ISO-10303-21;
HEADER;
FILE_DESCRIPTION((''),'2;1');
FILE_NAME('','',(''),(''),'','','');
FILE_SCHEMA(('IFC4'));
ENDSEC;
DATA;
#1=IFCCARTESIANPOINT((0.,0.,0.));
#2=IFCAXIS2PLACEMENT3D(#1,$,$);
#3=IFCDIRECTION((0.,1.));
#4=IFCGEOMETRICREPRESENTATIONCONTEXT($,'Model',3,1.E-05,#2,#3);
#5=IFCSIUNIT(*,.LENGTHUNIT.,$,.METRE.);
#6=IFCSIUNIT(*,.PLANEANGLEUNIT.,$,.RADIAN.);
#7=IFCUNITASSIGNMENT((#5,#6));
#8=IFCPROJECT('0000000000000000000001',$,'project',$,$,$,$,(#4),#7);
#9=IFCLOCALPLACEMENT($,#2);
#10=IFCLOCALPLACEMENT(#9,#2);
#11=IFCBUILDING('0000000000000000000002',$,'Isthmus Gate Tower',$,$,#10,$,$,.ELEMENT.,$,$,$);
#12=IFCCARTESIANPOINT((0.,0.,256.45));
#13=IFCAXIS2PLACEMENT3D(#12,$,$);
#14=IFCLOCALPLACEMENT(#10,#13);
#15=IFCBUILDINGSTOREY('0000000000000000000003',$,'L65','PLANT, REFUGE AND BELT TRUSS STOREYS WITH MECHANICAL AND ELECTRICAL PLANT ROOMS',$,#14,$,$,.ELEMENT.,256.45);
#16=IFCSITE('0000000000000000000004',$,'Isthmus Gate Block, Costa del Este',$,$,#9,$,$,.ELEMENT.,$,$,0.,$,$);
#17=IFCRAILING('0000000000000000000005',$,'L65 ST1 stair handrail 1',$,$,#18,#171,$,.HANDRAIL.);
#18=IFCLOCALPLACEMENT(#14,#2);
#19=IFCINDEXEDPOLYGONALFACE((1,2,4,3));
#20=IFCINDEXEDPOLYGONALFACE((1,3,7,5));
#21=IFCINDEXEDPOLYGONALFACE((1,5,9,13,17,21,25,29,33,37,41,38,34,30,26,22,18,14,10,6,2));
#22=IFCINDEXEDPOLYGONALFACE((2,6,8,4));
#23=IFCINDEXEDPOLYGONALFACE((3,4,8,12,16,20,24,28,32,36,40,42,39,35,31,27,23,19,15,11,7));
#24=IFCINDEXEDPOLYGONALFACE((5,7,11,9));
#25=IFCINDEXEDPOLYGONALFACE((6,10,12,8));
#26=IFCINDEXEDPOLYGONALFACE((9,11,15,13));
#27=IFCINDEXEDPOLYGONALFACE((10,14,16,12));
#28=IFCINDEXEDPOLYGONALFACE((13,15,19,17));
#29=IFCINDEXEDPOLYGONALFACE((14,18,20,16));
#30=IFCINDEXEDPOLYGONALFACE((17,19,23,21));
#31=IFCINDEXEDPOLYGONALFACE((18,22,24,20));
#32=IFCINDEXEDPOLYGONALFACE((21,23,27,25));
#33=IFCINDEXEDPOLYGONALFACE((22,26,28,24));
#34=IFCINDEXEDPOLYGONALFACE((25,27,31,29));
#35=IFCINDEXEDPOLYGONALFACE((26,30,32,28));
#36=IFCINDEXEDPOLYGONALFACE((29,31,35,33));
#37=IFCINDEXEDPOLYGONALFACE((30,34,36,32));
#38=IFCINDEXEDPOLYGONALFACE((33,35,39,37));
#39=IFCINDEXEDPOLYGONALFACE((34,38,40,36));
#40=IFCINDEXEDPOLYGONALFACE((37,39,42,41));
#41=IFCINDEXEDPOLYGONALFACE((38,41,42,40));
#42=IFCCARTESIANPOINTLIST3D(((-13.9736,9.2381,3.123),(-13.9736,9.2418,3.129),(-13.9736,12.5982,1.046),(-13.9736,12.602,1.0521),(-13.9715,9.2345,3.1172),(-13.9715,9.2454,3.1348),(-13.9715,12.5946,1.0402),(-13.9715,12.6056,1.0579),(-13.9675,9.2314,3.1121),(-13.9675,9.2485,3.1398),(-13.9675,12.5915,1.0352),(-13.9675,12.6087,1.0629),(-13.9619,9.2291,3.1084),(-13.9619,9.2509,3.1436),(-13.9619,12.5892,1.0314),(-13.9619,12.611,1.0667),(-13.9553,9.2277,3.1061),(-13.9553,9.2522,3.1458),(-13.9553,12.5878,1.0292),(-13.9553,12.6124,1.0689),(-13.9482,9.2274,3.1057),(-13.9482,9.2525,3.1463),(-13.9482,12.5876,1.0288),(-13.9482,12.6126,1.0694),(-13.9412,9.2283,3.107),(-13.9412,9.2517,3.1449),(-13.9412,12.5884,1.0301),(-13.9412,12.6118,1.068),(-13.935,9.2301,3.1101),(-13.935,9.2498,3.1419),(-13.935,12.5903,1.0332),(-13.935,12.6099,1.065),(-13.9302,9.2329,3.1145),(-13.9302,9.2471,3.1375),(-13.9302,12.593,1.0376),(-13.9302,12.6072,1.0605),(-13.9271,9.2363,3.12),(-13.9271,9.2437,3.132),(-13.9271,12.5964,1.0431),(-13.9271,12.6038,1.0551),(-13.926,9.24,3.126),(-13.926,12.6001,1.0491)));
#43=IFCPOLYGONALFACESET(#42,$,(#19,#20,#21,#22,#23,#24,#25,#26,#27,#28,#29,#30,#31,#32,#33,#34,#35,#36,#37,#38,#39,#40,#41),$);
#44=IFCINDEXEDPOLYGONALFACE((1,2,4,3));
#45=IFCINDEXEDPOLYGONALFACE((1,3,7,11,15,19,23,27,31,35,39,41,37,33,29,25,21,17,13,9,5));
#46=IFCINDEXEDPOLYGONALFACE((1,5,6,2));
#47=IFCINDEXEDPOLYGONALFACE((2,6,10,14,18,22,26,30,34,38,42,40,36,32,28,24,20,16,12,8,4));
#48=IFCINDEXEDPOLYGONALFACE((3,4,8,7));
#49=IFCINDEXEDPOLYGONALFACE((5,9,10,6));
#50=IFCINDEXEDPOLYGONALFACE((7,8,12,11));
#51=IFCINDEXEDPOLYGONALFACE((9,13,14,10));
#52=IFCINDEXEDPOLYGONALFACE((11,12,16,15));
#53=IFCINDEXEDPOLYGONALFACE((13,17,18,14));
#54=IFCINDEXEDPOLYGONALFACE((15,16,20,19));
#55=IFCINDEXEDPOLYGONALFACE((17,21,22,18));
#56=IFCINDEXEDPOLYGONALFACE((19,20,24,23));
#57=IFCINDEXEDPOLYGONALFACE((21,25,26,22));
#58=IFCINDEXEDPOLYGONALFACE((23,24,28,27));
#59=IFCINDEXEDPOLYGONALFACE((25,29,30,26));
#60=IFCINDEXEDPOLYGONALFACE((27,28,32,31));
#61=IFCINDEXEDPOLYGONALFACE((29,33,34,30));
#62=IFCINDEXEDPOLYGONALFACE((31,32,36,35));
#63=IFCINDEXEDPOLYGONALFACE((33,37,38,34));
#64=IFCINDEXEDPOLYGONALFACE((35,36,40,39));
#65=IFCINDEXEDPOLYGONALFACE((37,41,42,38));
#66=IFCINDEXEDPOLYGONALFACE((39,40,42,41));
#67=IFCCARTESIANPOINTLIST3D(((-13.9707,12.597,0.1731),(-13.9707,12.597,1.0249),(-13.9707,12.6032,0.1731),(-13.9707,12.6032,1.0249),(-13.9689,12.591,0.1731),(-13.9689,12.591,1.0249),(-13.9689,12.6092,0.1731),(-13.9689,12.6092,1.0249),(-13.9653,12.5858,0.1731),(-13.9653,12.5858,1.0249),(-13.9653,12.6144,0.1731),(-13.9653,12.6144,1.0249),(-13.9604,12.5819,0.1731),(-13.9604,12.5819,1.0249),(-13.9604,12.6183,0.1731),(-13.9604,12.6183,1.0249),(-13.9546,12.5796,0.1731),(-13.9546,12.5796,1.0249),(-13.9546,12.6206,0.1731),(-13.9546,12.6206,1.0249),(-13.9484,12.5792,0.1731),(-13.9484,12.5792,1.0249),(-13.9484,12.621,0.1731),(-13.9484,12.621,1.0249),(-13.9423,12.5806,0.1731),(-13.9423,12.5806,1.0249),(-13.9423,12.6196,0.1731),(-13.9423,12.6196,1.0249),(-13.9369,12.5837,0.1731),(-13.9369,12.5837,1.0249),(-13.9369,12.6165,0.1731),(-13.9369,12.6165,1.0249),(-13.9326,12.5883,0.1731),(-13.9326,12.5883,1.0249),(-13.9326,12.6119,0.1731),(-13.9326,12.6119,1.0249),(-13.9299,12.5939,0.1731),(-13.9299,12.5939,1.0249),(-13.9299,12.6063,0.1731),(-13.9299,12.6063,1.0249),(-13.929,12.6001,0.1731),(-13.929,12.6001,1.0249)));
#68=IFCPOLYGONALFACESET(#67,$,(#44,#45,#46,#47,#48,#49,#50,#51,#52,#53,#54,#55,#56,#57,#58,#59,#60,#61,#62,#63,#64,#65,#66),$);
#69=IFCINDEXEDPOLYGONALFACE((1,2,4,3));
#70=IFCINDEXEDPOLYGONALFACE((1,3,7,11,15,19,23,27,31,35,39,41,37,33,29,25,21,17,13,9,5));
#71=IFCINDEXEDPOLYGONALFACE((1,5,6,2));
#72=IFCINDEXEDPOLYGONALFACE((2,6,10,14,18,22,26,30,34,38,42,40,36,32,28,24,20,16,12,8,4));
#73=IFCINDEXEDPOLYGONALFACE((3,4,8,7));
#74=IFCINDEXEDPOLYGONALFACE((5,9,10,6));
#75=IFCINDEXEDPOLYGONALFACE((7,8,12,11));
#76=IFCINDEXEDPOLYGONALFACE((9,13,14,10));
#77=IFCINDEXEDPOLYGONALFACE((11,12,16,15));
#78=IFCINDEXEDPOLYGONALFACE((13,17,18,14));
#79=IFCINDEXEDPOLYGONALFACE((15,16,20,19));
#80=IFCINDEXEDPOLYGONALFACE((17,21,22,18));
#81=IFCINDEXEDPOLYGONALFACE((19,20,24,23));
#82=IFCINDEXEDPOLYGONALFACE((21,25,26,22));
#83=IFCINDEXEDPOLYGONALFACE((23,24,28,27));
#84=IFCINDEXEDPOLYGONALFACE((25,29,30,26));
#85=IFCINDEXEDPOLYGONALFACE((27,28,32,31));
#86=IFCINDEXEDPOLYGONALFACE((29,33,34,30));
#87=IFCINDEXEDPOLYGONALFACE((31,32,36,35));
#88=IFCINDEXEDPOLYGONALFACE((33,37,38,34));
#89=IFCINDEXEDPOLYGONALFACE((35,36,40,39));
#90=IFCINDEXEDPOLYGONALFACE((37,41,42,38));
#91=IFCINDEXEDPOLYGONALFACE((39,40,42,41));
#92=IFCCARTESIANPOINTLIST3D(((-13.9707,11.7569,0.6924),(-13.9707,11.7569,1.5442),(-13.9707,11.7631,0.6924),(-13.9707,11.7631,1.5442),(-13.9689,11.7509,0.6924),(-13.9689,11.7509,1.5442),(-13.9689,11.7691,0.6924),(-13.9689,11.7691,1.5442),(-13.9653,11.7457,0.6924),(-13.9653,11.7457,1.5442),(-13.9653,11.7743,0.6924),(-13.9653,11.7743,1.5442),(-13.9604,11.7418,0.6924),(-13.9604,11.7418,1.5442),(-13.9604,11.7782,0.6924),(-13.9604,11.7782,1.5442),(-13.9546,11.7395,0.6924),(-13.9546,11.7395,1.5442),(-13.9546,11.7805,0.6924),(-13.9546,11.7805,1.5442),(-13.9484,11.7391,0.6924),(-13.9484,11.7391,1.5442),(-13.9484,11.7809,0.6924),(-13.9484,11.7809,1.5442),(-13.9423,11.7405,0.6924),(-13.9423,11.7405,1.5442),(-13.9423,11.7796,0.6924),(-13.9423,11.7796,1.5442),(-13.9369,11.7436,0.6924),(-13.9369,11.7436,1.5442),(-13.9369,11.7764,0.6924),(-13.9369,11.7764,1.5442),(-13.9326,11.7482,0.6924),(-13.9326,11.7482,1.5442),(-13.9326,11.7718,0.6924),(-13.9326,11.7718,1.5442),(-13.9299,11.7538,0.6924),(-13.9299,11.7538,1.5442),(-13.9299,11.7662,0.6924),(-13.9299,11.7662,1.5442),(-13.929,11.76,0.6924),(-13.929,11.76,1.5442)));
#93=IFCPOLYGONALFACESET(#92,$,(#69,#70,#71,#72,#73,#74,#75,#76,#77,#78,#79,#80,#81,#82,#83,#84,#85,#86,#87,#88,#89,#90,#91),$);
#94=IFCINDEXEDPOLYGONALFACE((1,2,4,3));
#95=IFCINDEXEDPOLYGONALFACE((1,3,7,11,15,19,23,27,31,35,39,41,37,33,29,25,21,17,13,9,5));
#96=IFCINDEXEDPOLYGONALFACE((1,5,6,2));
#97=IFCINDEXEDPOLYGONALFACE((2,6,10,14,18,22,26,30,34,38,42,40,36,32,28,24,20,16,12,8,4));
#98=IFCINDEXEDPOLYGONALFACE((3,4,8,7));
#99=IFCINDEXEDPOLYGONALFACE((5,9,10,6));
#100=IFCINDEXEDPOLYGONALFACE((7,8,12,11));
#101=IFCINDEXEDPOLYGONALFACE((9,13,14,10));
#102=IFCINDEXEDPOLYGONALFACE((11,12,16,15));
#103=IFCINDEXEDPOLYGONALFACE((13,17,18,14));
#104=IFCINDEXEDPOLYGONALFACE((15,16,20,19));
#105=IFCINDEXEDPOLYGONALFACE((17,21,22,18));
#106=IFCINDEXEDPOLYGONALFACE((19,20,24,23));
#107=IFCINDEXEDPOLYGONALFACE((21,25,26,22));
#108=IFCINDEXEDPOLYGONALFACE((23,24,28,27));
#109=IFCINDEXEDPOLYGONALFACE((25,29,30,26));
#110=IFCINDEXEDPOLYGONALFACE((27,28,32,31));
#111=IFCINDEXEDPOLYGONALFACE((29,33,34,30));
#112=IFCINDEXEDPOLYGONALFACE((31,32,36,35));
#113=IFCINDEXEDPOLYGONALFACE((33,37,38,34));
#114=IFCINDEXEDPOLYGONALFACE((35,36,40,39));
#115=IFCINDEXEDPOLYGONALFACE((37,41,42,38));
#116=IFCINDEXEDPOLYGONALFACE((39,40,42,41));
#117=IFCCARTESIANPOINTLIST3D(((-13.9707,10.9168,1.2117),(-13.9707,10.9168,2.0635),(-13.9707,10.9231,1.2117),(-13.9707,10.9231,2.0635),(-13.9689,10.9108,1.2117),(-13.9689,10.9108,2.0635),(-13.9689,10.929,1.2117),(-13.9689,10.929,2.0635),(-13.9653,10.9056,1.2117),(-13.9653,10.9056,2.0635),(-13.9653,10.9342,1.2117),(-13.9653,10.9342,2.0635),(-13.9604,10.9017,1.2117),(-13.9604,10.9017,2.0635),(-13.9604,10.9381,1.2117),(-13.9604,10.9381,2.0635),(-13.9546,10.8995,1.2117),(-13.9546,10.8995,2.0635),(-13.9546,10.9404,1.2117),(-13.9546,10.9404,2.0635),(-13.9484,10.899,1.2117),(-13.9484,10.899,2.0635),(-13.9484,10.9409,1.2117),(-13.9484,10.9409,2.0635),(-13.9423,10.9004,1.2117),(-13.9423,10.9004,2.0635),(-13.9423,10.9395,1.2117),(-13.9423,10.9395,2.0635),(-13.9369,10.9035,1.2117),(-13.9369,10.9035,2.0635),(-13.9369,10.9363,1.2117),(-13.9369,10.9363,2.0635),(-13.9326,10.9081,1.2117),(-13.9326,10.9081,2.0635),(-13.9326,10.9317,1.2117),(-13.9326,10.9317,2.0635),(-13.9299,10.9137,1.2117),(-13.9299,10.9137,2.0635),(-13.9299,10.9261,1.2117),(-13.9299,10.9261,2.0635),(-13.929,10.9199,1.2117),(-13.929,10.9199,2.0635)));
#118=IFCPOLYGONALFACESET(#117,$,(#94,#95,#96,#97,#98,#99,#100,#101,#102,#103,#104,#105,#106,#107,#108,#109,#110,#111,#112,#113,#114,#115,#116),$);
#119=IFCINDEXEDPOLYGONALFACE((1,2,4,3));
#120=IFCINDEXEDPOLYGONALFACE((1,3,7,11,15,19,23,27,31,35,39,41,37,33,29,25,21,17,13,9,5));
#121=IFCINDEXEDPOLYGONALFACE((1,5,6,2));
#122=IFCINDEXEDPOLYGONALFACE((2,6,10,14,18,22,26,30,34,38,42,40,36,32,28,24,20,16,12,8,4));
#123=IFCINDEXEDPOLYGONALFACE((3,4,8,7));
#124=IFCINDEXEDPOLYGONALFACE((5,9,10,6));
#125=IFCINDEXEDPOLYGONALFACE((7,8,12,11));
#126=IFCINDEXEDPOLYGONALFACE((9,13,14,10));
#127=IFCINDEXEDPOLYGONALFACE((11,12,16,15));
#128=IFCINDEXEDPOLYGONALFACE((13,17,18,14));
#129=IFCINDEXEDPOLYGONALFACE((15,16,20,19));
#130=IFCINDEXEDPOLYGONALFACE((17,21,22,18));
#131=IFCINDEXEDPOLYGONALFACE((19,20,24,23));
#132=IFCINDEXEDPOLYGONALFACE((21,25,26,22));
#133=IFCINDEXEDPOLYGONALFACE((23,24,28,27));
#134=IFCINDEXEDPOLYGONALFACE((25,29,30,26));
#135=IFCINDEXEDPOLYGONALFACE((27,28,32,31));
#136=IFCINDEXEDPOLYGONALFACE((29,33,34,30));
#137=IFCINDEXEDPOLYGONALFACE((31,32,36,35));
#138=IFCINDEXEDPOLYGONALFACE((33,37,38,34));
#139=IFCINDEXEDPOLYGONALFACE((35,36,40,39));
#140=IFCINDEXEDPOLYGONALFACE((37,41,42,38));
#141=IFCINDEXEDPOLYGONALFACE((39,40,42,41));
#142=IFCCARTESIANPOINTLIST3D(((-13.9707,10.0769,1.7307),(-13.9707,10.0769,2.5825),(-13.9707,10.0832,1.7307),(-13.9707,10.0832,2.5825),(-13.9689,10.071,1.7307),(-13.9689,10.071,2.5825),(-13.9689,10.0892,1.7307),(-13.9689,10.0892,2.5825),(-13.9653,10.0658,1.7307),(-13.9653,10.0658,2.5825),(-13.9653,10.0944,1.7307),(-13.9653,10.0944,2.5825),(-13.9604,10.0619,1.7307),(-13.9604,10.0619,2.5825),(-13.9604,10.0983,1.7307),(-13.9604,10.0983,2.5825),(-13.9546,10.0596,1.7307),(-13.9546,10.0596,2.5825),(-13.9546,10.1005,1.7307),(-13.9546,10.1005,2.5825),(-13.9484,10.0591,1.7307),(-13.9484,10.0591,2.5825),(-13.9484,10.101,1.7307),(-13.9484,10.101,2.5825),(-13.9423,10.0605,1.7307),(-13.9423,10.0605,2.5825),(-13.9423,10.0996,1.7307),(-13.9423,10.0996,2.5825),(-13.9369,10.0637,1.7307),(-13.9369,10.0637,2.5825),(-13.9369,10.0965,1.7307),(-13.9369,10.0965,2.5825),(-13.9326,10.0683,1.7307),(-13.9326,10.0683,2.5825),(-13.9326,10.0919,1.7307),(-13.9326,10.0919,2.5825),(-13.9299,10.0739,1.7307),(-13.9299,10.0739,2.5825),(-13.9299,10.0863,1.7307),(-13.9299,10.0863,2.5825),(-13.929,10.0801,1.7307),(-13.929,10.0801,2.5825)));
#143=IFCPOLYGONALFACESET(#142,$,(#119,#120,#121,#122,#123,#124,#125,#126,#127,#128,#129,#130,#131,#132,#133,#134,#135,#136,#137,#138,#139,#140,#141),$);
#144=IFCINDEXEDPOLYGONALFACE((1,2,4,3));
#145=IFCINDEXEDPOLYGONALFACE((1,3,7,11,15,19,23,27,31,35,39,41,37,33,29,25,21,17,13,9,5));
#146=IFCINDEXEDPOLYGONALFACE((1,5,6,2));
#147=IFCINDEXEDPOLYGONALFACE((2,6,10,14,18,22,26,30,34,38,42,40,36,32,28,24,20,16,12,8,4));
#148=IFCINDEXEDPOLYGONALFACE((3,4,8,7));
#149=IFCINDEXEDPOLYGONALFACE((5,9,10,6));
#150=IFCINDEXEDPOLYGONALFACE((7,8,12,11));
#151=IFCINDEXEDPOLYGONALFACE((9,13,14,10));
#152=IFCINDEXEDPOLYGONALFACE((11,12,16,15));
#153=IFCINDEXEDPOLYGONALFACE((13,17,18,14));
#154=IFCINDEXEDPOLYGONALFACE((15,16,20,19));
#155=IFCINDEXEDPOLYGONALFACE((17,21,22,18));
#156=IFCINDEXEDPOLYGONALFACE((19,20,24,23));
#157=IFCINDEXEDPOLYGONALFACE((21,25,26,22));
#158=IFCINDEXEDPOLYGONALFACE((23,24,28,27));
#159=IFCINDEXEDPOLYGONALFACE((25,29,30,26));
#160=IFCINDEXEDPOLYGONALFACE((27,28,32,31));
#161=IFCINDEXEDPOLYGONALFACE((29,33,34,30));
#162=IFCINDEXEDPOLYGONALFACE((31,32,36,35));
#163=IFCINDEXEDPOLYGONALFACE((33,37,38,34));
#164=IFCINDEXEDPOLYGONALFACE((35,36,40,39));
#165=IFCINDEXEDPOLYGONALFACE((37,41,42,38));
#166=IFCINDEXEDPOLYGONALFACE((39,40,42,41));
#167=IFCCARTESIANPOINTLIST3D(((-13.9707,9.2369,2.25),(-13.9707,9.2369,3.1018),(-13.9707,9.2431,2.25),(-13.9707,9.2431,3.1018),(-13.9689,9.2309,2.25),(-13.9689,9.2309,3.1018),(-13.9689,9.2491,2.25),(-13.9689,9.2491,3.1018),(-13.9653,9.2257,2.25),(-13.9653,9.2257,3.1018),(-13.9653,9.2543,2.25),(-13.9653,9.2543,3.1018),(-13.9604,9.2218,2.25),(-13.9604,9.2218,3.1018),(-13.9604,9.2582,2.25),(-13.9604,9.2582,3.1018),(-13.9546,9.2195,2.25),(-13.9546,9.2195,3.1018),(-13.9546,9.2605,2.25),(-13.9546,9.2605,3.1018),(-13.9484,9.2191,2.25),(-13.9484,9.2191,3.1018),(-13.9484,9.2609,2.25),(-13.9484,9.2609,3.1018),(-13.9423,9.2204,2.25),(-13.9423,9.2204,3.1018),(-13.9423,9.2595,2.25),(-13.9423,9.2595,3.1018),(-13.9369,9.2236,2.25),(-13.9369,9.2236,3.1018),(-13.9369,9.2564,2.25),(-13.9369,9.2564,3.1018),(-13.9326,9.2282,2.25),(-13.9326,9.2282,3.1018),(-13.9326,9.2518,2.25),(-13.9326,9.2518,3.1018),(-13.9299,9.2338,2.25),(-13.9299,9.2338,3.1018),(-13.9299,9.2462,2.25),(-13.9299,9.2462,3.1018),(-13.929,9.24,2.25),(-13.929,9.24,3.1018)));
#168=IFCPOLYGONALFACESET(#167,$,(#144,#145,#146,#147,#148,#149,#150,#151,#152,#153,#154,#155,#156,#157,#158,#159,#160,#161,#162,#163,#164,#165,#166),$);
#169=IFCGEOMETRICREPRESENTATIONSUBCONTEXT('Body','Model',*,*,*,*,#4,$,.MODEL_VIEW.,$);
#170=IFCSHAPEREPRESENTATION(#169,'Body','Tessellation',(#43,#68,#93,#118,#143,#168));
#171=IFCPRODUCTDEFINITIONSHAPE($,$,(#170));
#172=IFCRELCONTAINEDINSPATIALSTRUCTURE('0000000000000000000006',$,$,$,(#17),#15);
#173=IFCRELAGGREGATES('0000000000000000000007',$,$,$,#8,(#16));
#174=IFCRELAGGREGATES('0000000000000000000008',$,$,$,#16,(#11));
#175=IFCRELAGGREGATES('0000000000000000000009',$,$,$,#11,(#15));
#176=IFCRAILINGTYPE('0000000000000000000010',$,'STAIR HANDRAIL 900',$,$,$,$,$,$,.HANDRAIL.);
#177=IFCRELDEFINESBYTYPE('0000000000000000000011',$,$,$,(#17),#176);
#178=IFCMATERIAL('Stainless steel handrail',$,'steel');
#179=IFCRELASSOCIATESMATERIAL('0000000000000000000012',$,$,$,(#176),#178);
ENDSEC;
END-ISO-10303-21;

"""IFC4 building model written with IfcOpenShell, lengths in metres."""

from ifc_helpers import new_model, si_unit, direction, frame, origin, origin_2d, place, context, subcontext, project, spatial, circle, extrude, material, type_object, element, save


model = new_model("IFC4")

# Units and contexts
model_context = context("Model", 3, precision=1e-05, world=origin(), true_north=direction((0.0, 1.0)))
body_context = subcontext(model_context, "Body", "Model", "MODEL_VIEW")
ifc_project = project(units=[si_unit("LENGTHUNIT", "METRE"), si_unit("PLANEANGLEUNIT", "RADIAN")], contexts=[model_context])

# Site, building, storey
site_placement = place(None, origin())
site = spatial("IfcSite", under=ifc_project, at=site_placement, Name="Isthmus Gate Block, Costa del Este", CompositionType="ELEMENT", RefElevation=0.0)
building_placement = place(site_placement, origin())
building = spatial("IfcBuilding", under=site, at=building_placement, Name="Isthmus Gate Tower", CompositionType="ELEMENT")
storey_placement = place(building_placement, frame((0.0, 0.0, 256.45)))
storey = spatial("IfcBuildingStorey", under=building, at=storey_placement, Name="L65", Description="PLANT, REFUGE AND BELT TRUSS STOREYS WITH MECHANICAL AND ELECTRICAL PLANT ROOMS", CompositionType="ELEMENT", Elevation=256.45)

# Railing
ifc_material_1 = material(Name="Stainless steel handrail", Category="steel")
railing_type = type_object("IfcRailingType", Name="STAIR HANDRAIL 900", PredefinedType="HANDRAIL", material=ifc_material_1)
for number, where, name in (
    (1, (-13.95, 12.6001, 0.1731), "L65 ST1 stair handrail 1"),
):
    element("IfcRailing", number, at=place(storey_placement, frame(where)), inside=storey, type_object=railing_type, Name=name, PredefinedType="HANDRAIL", context=body_context, shape_type="SweptSolid", body=[
        extrude(circle(Radius=0.0239, at=origin_2d()), frame((0.0, 0.0, 0.876), z_axis=(0.0, -0.850623, 0.525776), x_axis=(1.0, 0.0, 0.0)), (0.0, 0.0, 1.0), 3.9502),
        extrude(circle(Radius=0.021, at=origin_2d()), origin(), (0.0, 0.0, 1.0), 0.8518),
        extrude(circle(Radius=0.021, at=origin_2d()), frame((0.0, -0.8401, 0.5193)), (0.0, 0.0, 1.0), 0.8518),
        extrude(circle(Radius=0.021, at=origin_2d()), frame((0.0, -1.6802, 1.0386)), (0.0, 0.0, 1.0), 0.8518),
        extrude(circle(Radius=0.021, at=origin_2d()), frame((0.0, -2.52, 1.5576)), (0.0, 0.0, 1.0), 0.8518),
        extrude(circle(Radius=0.021, at=origin_2d()), frame((0.0, -3.3601, 2.0769)), (0.0, 0.0, 1.0), 0.8518),
    ])

save(model, "model.ifc")
